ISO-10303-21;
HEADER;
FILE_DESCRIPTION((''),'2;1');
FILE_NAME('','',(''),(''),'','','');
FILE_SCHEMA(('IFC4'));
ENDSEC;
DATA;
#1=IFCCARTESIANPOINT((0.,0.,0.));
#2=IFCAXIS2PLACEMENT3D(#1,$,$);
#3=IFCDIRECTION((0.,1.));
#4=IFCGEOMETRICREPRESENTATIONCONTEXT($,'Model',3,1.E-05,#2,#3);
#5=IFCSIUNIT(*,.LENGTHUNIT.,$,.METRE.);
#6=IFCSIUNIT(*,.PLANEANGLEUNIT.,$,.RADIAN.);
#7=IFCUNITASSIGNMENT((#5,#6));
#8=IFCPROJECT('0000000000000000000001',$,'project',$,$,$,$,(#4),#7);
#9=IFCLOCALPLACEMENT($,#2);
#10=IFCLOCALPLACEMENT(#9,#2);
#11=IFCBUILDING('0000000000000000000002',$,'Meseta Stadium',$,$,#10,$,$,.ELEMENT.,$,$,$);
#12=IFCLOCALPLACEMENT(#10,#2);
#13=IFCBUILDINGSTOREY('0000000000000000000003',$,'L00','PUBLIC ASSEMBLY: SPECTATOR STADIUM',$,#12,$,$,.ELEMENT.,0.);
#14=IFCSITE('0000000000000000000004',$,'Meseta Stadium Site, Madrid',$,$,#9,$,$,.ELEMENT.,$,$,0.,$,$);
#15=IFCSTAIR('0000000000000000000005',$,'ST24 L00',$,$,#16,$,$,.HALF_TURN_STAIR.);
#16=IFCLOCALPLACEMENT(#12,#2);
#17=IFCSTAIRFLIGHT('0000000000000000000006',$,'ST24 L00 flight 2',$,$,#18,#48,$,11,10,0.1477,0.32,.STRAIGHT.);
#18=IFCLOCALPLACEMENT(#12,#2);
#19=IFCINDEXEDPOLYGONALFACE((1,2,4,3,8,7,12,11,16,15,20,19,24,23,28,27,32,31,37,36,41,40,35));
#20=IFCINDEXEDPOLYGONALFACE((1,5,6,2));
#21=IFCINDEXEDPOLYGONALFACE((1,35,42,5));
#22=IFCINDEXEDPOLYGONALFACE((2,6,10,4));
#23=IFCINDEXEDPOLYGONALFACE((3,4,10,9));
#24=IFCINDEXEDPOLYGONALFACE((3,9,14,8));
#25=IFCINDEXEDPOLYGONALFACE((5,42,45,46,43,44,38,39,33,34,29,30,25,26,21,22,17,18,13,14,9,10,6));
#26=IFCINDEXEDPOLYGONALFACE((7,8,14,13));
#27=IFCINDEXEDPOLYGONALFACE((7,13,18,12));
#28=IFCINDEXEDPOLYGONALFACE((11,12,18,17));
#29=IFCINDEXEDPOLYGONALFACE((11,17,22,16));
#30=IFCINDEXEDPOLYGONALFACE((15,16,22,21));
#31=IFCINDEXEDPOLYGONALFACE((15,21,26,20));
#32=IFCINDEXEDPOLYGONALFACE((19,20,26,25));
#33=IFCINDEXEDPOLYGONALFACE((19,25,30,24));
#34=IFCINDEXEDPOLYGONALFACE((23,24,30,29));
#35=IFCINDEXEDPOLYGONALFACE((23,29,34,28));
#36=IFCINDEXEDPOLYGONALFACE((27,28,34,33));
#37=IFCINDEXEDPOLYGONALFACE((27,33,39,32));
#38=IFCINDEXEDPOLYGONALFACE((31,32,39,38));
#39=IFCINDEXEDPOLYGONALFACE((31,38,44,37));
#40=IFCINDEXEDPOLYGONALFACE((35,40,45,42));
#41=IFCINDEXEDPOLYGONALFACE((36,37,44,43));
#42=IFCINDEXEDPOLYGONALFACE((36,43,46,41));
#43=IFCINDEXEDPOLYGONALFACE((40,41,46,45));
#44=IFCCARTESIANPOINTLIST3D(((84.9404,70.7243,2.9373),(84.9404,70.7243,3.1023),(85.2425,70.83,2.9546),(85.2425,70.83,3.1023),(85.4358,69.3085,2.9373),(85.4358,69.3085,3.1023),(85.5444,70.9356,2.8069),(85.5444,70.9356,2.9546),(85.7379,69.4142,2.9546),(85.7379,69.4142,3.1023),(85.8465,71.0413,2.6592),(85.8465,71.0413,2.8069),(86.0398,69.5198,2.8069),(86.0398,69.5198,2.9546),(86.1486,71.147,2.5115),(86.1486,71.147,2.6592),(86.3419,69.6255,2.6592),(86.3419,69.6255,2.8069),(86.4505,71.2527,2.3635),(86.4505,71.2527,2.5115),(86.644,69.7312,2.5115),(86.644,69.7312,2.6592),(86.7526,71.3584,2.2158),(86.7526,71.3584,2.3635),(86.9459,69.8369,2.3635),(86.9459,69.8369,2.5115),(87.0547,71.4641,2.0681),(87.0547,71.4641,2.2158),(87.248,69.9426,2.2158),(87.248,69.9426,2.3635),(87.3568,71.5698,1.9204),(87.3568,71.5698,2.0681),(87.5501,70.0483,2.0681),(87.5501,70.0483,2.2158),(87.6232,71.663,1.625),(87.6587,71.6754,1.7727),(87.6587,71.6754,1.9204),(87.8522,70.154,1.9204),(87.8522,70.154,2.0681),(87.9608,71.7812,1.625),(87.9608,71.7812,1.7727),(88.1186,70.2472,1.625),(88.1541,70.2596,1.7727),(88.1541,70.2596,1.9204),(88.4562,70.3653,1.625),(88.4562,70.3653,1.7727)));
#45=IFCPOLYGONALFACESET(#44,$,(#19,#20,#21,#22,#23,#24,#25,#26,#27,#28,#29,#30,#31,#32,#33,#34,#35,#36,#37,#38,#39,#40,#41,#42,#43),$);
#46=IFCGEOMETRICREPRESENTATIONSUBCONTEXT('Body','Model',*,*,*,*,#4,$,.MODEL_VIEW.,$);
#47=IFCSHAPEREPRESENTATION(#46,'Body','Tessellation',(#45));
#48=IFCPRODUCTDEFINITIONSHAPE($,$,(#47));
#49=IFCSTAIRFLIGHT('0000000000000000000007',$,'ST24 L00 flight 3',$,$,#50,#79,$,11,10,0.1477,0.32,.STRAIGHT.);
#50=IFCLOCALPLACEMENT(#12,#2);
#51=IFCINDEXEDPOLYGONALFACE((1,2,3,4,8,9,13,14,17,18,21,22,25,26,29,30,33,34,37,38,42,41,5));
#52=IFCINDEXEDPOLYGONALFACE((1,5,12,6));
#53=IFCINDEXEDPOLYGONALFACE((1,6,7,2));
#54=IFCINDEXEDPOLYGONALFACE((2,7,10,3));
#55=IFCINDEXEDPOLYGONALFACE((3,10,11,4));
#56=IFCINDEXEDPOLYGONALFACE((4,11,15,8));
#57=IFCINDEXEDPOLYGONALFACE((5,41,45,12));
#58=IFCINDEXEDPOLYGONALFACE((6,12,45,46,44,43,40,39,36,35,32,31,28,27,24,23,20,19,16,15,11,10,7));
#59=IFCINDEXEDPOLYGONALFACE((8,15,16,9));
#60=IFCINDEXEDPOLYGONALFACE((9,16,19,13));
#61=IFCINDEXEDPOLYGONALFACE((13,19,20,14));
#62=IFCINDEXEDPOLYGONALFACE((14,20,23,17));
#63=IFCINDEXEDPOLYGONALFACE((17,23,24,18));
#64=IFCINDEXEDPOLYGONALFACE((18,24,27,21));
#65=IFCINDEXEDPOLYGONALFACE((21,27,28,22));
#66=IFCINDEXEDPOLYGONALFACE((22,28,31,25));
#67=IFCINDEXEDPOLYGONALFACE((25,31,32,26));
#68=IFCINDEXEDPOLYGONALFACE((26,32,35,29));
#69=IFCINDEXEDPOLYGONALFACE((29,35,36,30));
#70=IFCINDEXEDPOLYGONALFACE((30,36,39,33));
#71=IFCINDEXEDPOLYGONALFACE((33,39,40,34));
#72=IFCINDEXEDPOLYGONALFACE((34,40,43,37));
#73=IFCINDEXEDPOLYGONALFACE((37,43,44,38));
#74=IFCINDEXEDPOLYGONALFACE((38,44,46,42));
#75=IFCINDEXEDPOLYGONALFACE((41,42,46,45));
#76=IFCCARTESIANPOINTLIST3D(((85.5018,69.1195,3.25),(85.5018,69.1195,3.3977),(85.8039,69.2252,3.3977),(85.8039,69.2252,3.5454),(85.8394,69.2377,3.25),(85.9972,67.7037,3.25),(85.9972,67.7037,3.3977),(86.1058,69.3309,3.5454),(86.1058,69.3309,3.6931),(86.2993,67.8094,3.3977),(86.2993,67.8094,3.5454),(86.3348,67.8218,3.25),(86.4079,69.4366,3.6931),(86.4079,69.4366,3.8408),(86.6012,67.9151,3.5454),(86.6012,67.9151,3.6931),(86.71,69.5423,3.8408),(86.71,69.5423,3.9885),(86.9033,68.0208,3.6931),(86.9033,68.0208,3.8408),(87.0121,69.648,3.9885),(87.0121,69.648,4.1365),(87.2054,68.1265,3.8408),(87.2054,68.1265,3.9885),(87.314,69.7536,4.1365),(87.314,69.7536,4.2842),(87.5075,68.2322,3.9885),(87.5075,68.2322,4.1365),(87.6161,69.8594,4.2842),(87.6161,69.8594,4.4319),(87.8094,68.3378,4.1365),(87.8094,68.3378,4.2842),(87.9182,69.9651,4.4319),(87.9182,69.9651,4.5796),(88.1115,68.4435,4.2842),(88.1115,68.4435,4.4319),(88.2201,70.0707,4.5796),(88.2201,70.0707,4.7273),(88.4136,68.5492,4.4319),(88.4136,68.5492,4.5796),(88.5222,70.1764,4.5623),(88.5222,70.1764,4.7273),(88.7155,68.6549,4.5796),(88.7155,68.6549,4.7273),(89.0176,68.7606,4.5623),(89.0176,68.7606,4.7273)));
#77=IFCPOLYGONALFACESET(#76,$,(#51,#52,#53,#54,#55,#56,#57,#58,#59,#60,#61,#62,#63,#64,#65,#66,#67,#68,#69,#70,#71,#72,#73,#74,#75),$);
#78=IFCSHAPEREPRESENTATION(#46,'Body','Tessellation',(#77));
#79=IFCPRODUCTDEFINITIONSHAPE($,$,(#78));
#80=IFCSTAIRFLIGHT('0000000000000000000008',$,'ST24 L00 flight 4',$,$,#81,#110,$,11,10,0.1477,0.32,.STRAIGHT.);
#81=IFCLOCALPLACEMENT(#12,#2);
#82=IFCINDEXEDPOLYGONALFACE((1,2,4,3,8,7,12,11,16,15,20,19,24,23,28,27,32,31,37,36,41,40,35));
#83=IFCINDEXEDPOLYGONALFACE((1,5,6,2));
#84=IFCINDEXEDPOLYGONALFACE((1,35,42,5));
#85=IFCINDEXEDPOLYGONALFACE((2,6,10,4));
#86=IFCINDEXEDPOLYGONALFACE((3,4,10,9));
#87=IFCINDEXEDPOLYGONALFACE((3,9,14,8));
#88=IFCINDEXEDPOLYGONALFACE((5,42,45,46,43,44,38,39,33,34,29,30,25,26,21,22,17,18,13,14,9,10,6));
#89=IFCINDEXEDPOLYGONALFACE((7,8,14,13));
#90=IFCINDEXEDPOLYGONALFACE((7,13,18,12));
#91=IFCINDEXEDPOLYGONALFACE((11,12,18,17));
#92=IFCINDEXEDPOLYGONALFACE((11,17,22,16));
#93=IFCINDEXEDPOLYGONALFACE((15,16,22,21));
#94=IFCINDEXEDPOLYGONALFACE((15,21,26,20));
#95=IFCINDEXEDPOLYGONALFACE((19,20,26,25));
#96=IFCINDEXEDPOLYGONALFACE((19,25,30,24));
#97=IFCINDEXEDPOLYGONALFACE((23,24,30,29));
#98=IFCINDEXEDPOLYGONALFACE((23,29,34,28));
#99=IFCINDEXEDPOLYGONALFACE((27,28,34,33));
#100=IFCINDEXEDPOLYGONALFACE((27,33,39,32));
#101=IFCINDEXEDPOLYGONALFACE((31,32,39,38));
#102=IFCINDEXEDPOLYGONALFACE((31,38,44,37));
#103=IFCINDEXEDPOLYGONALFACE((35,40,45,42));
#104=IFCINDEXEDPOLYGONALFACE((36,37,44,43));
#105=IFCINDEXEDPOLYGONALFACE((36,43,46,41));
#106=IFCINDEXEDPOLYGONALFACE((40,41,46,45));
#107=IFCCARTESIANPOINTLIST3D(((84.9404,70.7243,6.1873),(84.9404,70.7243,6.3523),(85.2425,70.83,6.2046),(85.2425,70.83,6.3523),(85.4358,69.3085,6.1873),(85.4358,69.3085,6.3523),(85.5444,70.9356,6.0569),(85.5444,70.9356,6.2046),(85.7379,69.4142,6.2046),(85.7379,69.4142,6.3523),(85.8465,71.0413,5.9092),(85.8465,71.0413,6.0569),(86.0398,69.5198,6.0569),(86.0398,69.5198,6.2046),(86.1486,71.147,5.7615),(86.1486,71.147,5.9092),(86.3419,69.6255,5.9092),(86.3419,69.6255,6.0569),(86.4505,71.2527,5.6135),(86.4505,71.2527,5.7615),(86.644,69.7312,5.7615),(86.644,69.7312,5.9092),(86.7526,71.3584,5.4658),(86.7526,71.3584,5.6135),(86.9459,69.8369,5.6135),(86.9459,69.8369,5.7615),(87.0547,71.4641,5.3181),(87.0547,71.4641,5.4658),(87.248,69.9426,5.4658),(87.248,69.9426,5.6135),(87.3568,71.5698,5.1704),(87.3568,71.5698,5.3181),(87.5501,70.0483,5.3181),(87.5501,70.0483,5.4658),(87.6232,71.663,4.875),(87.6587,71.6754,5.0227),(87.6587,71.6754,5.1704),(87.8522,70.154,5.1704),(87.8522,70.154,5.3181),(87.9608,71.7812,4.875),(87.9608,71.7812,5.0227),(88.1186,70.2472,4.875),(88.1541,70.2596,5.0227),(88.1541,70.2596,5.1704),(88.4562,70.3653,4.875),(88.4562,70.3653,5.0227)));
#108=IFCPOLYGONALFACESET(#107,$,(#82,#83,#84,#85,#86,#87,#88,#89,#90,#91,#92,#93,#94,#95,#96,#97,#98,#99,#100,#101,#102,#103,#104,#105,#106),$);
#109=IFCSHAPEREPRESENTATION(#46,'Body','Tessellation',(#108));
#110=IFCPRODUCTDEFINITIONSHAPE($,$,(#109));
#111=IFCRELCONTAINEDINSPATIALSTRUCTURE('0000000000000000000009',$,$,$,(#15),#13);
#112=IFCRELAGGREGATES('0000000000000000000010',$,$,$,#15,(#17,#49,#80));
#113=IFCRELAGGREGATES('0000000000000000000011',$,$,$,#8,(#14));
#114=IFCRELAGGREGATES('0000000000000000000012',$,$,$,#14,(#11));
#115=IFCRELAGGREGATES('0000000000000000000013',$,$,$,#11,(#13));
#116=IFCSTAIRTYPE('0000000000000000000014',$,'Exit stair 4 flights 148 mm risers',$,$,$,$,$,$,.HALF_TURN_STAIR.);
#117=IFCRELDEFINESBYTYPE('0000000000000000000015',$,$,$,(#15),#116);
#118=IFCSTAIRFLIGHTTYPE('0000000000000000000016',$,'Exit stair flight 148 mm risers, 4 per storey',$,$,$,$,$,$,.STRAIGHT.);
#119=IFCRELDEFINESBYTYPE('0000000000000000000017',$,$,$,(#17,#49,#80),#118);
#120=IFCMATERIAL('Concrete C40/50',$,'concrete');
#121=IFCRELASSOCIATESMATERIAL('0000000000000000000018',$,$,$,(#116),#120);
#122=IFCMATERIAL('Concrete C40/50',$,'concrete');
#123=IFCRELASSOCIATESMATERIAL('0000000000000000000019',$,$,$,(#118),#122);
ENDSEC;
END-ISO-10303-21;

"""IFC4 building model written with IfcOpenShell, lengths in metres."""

from ifc_helpers import new_model, si_unit, direction, frame, origin, place, context, subcontext, project, spatial, polyline, outline, extrude, material, type_object, element, aggregate, save


model = new_model("IFC4")

# Units and contexts
model_context = context("Model", 3, precision=1e-05, world=origin(), true_north=direction((0.0, 1.0)))
body_context = subcontext(model_context, "Body", "Model", "MODEL_VIEW")
ifc_project = project(units=[si_unit("LENGTHUNIT", "METRE"), si_unit("PLANEANGLEUNIT", "RADIAN")], contexts=[model_context])

# Site, building, storey
site_placement = place(None, origin())
site = spatial("IfcSite", under=ifc_project, at=site_placement, Name="Meseta Stadium Site, Madrid", CompositionType="ELEMENT", RefElevation=0.0)
building_placement = place(site_placement, origin())
building = spatial("IfcBuilding", under=site, at=building_placement, Name="Meseta Stadium", CompositionType="ELEMENT")
storey_placement = place(building_placement, origin())
storey = spatial("IfcBuildingStorey", under=building, at=storey_placement, Name="L00", Description="PUBLIC ASSEMBLY: SPECTATOR STADIUM", CompositionType="ELEMENT", Elevation=0.0)

# Stair, stair flights
ifc_material_1 = material(Name="Concrete C40/50", Category="concrete")
stair_type = type_object("IfcStairType", Name="Exit stair 4 flights 148 mm risers", PredefinedType="HALF_TURN_STAIR", material=ifc_material_1)
ifc_material_2 = material(Name="Concrete C40/50", Category="concrete")
stair_flight_type = type_object("IfcStairFlightType", Name="Exit stair flight 148 mm risers, 4 per storey", PredefinedType="STRAIGHT", material=ifc_material_2)
stair_1_placement = place(storey_placement, origin())
stair_1 = element("IfcStair", 1, at=stair_1_placement, inside=storey, type_object=stair_type, Name="ST24 L00", PredefinedType="HALF_TURN_STAIR")
stair_flight_1_placement = place(storey_placement, frame((88.2085, 71.0732, 1.625), z_axis=(0.0, 0.0, 1.0), x_axis=(-0.943883, -0.330279, 0.0)))
stair_flight_1 = element("IfcStairFlight", 2, at=stair_flight_1_placement, type_object=stair_flight_type, Name="ST24 L00 flight 2", NumberOfRisers=11, NumberOfTreads=10, PredefinedType="STRAIGHT", RiserHeight=0.1477, TreadLength=0.32, context=body_context, shape_type="SweptSolid", body=[
    extrude(outline(polyline([(0.0, 0.0), (0.0, 0.1477), (0.3201, 0.1477), (0.3201, 0.2954), (0.6399, 0.2954), (0.6399, 0.4431), (0.96, 0.4431), (0.96, 0.5908), (1.28, 0.5908), (1.28, 0.7385), (1.6001, 0.7385), (1.6001, 0.8865), (1.9199, 0.8865), (1.9199, 1.0342), (2.24, 1.0342), (2.24, 1.1819), (2.5601, 1.1819), (2.5601, 1.3296), (2.8799, 1.3296), (2.8799, 1.4773), (3.2, 1.4773), (3.2, 1.3123), (0.3577, 0.0), (0.0, 0.0)])), frame((0.0, 0.75, 0.0), z_axis=(0.0, -1.0, 0.0), x_axis=(1.0, 0.0, 0.0)), (0.0, 0.0, 1.0), 1.5),
])
stair_flight_2_placement = place(storey_placement, frame((85.7495, 68.4116, 3.25), z_axis=(0.0, 0.0, 1.0), x_axis=(0.943883, 0.330279, 0.0)))
stair_flight_2 = element("IfcStairFlight", 3, at=stair_flight_2_placement, type_object=stair_flight_type, Name="ST24 L00 flight 3", NumberOfRisers=11, NumberOfTreads=10, PredefinedType="STRAIGHT", RiserHeight=0.1477, TreadLength=0.32, context=body_context, shape_type="SweptSolid", body=[
    extrude(outline(polyline([(0.0, 0.0), (0.0, 0.1477), (0.3201, 0.1477), (0.3201, 0.2954), (0.6399, 0.2954), (0.6399, 0.4431), (0.96, 0.4431), (0.96, 0.5908), (1.28, 0.5908), (1.28, 0.7385), (1.6001, 0.7385), (1.6001, 0.8865), (1.9199, 0.8865), (1.9199, 1.0342), (2.24, 1.0342), (2.24, 1.1819), (2.5601, 1.1819), (2.5601, 1.3296), (2.8799, 1.3296), (2.8799, 1.4773), (3.2, 1.4773), (3.2, 1.3123), (0.3577, 0.0), (0.0, 0.0)])), frame((0.0, 0.75, 0.0), z_axis=(0.0, -1.0, 0.0), x_axis=(1.0, 0.0, 0.0)), (0.0, 0.0, 1.0), 1.5),
])
stair_flight_3_placement = place(storey_placement, frame((88.2085, 71.0732, 4.875), z_axis=(0.0, 0.0, 1.0), x_axis=(-0.943883, -0.330279, 0.0)))
stair_flight_3 = element("IfcStairFlight", 4, at=stair_flight_3_placement, type_object=stair_flight_type, Name="ST24 L00 flight 4", NumberOfRisers=11, NumberOfTreads=10, PredefinedType="STRAIGHT", RiserHeight=0.1477, TreadLength=0.32, context=body_context, shape_type="SweptSolid", body=[
    extrude(outline(polyline([(0.0, 0.0), (0.0, 0.1477), (0.3201, 0.1477), (0.3201, 0.2954), (0.6399, 0.2954), (0.6399, 0.4431), (0.96, 0.4431), (0.96, 0.5908), (1.28, 0.5908), (1.28, 0.7385), (1.6001, 0.7385), (1.6001, 0.8865), (1.9199, 0.8865), (1.9199, 1.0342), (2.24, 1.0342), (2.24, 1.1819), (2.5601, 1.1819), (2.5601, 1.3296), (2.8799, 1.3296), (2.8799, 1.4773), (3.2, 1.4773), (3.2, 1.3123), (0.3577, 0.0), (0.0, 0.0)])), frame((0.0, 0.75, 0.0), z_axis=(0.0, -1.0, 0.0), x_axis=(1.0, 0.0, 0.0)), (0.0, 0.0, 1.0), 1.5),
])
aggregate(stair_1, [stair_flight_1, stair_flight_2, stair_flight_3])

save(model, "model.ifc")
